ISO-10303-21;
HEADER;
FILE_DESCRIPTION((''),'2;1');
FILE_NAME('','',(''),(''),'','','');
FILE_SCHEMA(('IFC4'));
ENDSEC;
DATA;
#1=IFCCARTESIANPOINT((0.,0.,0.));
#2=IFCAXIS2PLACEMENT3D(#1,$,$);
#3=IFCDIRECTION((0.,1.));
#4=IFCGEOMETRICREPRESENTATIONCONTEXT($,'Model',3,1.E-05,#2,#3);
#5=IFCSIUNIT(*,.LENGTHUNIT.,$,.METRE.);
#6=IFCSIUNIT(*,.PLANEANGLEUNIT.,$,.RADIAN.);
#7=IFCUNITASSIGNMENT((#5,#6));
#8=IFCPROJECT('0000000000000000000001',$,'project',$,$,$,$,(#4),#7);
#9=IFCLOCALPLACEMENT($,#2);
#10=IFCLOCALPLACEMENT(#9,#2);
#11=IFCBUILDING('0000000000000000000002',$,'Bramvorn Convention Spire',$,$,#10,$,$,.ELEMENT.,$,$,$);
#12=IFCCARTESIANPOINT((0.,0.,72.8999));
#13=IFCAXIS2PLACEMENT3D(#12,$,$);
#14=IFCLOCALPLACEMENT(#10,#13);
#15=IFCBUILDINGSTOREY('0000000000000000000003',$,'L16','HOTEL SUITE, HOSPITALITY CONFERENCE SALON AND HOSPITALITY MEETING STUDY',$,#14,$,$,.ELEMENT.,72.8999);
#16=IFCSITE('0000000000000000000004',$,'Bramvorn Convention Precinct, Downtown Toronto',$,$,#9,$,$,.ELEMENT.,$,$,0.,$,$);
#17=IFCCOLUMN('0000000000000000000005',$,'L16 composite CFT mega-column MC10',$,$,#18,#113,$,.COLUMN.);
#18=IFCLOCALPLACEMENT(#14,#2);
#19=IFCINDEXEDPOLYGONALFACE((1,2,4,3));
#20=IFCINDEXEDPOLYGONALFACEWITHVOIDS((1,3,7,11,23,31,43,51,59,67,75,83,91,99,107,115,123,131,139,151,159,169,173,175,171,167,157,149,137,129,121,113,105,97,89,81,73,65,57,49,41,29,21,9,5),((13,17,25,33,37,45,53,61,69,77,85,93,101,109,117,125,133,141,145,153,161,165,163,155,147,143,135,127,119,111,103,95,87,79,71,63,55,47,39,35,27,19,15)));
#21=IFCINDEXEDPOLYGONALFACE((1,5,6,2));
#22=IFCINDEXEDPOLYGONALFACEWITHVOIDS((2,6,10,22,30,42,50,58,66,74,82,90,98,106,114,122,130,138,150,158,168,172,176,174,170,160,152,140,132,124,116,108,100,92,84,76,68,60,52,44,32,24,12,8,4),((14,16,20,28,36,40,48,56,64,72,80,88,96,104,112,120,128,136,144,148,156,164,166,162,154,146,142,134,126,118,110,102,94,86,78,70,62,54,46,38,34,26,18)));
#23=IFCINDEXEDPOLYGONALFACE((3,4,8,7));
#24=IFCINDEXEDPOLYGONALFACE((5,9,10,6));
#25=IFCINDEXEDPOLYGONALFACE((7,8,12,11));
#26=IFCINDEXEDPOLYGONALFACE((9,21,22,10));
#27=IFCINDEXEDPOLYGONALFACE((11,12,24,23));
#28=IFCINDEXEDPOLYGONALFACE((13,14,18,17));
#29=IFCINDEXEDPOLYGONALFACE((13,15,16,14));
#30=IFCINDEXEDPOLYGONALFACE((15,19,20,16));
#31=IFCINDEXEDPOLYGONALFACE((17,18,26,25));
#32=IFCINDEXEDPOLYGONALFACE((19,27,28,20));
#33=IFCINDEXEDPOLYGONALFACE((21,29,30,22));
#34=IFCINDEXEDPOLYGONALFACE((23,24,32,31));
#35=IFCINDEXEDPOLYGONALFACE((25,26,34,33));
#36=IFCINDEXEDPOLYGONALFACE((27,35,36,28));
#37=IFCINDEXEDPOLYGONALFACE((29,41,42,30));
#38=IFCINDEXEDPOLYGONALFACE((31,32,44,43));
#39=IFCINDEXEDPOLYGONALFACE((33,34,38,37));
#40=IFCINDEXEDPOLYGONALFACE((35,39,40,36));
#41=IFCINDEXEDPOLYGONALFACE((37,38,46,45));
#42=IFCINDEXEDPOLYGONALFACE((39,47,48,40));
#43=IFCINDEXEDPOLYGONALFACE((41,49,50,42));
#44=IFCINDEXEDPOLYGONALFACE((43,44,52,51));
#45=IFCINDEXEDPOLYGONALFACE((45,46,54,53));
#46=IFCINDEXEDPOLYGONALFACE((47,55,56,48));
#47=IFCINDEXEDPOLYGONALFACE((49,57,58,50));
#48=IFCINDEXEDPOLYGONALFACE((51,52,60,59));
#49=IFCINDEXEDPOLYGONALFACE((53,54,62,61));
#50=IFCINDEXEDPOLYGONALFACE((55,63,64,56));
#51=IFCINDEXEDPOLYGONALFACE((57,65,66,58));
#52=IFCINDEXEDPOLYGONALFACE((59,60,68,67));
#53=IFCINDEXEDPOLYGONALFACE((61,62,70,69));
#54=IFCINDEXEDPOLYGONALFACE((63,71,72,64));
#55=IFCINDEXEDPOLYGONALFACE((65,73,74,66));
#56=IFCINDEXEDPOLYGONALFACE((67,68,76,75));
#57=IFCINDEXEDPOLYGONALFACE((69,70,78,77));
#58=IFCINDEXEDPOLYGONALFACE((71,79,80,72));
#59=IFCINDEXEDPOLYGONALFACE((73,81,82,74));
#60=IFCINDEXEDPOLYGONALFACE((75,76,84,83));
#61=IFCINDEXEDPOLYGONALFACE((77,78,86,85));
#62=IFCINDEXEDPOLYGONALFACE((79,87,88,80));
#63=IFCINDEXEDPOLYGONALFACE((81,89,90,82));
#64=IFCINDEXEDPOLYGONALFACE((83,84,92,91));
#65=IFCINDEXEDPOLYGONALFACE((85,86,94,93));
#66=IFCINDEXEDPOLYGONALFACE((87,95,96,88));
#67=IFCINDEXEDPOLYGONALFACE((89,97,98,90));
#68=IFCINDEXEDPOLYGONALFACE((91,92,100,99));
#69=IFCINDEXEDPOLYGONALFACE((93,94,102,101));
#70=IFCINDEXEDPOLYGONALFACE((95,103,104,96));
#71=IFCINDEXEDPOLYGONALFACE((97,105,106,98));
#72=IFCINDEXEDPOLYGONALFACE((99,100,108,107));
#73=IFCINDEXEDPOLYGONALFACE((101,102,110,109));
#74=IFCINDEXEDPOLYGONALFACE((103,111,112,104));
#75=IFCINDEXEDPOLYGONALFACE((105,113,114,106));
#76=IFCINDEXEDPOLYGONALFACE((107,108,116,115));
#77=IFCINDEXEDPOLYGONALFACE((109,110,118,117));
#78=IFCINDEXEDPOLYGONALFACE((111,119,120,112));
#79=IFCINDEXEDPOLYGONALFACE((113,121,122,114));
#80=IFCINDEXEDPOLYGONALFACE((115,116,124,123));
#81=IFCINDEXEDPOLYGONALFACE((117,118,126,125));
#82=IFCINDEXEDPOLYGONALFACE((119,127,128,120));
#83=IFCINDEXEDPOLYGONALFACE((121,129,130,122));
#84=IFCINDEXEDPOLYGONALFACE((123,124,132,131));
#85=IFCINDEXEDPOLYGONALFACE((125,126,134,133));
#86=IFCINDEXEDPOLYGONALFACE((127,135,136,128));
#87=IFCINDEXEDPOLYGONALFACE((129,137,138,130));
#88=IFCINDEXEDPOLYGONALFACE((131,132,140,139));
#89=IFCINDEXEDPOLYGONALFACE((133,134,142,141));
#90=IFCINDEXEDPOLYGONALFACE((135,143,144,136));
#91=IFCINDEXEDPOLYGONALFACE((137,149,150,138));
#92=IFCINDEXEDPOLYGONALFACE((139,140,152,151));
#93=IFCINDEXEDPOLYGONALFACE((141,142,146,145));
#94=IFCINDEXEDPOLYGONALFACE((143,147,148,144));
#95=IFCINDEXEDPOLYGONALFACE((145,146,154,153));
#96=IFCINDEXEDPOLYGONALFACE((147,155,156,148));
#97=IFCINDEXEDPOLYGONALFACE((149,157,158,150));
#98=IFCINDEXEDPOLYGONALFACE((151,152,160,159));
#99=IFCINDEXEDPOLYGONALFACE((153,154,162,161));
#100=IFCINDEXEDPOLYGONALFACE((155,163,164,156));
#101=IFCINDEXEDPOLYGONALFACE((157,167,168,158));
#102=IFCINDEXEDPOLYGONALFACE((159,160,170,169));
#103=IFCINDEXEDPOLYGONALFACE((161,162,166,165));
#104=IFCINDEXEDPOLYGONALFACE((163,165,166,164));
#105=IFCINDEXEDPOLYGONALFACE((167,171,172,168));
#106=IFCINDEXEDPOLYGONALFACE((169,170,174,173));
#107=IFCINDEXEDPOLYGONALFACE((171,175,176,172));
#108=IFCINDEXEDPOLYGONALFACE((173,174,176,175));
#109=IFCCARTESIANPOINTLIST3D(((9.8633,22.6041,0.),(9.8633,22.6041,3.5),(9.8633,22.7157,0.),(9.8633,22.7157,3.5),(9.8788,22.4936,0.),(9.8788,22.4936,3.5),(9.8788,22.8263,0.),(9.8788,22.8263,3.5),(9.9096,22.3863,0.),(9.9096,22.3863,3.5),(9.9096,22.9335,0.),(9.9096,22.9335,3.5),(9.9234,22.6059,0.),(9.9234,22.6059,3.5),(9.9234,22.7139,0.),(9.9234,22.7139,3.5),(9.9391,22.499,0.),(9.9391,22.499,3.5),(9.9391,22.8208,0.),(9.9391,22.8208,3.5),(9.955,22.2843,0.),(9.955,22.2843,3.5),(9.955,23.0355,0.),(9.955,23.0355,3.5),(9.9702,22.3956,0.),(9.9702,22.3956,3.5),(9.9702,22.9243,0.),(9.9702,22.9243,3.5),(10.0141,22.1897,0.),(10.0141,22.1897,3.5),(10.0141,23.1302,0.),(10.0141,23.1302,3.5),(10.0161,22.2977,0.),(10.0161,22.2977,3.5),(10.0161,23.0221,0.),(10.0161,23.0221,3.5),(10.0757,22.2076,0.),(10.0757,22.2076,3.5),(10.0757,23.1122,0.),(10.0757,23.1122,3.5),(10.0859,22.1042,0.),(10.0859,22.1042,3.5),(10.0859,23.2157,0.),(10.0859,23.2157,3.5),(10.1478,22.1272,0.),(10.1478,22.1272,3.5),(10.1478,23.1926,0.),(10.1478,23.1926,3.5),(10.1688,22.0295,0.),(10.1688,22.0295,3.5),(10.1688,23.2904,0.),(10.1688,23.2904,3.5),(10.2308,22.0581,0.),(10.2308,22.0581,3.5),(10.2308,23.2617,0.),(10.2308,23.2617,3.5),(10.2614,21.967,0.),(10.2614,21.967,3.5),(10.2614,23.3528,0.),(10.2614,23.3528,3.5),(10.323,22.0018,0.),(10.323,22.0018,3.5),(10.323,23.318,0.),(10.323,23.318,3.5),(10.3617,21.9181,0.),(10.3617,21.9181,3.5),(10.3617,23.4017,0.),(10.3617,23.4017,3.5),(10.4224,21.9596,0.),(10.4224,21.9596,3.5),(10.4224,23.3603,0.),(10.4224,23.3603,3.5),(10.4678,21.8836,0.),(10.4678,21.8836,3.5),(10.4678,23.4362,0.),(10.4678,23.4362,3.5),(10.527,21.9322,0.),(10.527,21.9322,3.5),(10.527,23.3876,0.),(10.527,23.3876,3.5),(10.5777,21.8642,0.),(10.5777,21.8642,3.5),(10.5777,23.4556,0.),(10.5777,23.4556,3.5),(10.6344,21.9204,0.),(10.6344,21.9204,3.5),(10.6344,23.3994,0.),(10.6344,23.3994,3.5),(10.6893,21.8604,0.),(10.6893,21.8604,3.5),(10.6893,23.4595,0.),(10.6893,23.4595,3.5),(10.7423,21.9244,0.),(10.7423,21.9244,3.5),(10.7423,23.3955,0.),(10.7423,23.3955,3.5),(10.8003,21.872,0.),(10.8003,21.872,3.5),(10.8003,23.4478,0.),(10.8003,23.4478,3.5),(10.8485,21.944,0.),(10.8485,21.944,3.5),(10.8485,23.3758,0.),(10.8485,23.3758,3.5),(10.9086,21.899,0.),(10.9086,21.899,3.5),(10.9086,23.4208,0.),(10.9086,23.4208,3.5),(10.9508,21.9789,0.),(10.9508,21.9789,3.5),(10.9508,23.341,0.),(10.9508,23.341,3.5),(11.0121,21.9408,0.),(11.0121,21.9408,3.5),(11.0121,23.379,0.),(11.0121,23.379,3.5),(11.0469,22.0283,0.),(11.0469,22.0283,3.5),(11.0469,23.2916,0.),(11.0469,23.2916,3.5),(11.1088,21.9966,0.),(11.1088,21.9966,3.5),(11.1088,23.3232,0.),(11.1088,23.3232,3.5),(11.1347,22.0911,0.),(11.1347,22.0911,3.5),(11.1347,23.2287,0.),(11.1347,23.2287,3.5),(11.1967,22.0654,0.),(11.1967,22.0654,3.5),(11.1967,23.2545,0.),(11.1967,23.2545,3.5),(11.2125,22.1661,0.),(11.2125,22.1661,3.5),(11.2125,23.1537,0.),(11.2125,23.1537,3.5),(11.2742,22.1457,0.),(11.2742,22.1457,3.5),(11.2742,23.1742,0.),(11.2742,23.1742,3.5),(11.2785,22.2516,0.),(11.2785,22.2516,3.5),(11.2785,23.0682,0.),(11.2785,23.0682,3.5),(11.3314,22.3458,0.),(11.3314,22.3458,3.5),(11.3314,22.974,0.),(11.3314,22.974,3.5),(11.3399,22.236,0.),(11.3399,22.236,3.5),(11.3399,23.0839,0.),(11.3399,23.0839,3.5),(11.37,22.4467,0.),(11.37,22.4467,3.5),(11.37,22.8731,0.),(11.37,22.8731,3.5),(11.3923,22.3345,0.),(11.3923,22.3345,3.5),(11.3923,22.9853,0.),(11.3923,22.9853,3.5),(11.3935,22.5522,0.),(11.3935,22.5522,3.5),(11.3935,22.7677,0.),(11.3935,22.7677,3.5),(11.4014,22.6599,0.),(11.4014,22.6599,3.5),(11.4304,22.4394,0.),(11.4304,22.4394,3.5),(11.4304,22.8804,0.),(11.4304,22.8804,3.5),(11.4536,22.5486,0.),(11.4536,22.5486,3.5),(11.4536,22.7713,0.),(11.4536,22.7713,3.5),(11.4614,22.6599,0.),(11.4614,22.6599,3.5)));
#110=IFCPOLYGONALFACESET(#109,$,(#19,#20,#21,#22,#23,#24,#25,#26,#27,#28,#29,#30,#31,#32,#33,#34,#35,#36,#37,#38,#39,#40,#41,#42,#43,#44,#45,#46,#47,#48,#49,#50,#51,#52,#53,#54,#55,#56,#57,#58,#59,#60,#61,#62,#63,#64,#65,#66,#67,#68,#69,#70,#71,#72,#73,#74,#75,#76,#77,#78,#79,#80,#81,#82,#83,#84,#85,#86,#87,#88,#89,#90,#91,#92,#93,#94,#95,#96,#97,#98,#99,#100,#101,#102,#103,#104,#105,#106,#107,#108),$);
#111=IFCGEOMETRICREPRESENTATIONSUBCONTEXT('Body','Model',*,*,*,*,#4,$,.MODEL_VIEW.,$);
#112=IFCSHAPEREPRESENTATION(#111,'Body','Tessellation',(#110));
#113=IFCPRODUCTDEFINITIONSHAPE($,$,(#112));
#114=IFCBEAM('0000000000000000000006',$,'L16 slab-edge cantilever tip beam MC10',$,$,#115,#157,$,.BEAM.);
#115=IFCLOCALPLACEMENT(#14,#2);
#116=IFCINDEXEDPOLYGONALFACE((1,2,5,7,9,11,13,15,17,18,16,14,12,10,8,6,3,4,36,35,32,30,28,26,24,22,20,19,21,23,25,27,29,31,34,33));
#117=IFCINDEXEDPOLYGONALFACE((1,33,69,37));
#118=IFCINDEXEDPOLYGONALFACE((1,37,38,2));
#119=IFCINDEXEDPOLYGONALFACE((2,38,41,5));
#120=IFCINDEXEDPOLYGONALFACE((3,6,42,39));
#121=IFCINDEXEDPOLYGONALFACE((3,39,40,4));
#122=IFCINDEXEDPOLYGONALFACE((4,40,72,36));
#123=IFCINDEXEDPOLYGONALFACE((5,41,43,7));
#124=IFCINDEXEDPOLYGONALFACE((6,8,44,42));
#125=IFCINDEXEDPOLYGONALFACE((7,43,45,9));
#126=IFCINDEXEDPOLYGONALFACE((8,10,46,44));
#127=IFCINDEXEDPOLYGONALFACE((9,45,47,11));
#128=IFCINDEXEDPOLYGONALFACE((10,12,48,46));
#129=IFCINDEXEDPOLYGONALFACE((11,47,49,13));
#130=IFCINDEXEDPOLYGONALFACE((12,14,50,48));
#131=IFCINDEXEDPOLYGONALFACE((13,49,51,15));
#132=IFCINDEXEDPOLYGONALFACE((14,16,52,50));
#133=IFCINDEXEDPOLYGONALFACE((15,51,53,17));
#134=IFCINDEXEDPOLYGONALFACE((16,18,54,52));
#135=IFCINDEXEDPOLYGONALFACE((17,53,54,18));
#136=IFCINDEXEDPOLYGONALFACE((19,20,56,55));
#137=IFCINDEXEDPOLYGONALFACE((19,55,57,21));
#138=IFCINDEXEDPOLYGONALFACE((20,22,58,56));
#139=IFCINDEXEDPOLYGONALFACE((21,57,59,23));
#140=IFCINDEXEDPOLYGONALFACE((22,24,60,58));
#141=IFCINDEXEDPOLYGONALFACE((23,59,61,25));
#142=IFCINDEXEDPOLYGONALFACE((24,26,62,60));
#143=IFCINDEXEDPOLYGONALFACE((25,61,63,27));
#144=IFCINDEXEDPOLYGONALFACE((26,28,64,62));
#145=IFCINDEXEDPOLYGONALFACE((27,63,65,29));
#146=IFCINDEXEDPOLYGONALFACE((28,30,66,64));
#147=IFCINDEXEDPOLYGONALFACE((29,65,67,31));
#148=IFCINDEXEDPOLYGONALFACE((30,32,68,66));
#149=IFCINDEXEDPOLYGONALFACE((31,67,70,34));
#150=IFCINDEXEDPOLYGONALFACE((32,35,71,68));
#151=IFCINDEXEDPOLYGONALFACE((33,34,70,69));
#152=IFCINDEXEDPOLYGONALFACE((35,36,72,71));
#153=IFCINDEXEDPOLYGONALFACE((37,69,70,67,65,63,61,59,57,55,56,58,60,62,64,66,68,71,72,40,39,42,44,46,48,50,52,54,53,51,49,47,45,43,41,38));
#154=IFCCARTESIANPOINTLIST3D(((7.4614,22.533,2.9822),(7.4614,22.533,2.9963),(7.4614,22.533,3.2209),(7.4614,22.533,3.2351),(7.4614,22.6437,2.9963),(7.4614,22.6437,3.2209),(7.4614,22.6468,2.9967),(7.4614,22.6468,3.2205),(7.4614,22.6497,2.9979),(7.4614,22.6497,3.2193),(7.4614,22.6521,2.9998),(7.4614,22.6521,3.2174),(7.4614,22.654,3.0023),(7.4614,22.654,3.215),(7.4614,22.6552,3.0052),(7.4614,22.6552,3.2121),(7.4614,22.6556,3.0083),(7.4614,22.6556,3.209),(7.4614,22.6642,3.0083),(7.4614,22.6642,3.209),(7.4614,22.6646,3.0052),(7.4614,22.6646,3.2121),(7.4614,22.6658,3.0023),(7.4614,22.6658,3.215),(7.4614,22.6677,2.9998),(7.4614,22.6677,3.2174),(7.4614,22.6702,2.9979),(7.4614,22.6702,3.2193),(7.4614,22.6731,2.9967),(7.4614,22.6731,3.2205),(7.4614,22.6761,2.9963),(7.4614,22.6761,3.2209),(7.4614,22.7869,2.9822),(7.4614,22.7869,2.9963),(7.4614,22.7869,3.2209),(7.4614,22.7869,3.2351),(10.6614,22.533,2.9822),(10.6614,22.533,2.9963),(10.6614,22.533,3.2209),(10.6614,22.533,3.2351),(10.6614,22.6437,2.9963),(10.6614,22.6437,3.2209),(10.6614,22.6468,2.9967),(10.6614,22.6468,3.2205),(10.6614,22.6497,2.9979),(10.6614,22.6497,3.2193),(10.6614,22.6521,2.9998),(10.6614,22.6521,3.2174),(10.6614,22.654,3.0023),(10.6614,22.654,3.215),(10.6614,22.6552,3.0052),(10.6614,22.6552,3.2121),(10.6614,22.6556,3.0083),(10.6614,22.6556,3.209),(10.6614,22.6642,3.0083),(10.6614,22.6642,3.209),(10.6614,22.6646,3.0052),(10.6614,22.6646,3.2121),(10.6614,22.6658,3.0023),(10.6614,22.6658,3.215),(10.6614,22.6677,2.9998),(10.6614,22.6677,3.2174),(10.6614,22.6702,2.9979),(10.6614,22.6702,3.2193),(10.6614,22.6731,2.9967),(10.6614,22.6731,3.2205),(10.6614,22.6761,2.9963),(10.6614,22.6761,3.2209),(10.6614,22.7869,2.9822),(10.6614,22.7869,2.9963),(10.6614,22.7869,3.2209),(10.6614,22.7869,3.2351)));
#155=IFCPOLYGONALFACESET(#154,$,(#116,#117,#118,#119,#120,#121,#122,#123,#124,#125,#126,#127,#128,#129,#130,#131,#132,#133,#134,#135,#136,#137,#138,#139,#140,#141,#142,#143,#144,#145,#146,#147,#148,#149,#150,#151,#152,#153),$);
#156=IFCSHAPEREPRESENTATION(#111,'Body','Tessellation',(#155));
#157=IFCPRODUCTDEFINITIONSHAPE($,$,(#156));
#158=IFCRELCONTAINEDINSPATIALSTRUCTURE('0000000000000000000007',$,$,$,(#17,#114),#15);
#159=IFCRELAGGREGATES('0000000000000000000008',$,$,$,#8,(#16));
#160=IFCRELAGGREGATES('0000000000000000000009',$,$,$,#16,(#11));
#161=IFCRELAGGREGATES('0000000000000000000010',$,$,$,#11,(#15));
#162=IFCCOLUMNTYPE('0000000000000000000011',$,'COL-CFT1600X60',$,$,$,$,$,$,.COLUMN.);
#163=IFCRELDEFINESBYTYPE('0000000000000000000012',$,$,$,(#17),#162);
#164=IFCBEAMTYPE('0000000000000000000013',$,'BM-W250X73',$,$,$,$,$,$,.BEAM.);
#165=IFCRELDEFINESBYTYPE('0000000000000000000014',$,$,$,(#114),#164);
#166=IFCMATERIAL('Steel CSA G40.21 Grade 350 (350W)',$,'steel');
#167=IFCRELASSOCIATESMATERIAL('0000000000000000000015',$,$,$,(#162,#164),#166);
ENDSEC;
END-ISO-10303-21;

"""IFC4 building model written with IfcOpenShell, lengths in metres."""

from ifc_helpers import new_model, si_unit, direction, frame, origin, origin_2d, place, context, subcontext, project, spatial, hollow_circle, i_section, extrude, material, material_profile, profile_set, type_object, element, save


model = new_model("IFC4")

# Units and contexts
model_context = context("Model", 3, precision=1e-05, world=origin(), true_north=direction((0.0, 1.0)))
body_context = subcontext(model_context, "Body", "Model", "MODEL_VIEW")
ifc_project = project(units=[si_unit("LENGTHUNIT", "METRE"), si_unit("PLANEANGLEUNIT", "RADIAN")], contexts=[model_context])

# Site, building, storey
site_placement = place(None, origin())
site = spatial("IfcSite", under=ifc_project, at=site_placement, Name="Bramvorn Convention Precinct, Downtown Toronto", CompositionType="ELEMENT", RefElevation=0.0)
building_placement = place(site_placement, origin())
building = spatial("IfcBuilding", under=site, at=building_placement, Name="Bramvorn Convention Spire", CompositionType="ELEMENT")
storey_placement = place(building_placement, frame((0.0, 0.0, 72.8999)))
storey = spatial("IfcBuildingStorey", under=building, at=storey_placement, Name="L16", Description="HOTEL SUITE, HOSPITALITY CONFERENCE SALON AND HOSPITALITY MEETING STUDY", CompositionType="ELEMENT", Elevation=72.8999)

# Column
ifc_material_1 = material(Name="Steel CSA G40.21 Grade 350 (350W)", Category="steel")
ifc_material_profile_1 = material_profile(ifc_material_1, hollow_circle(Radius=0.8, WallThickness=0.0601, at=origin_2d()))
ifc_profile_set_1 = profile_set([ifc_material_profile_1], Name="Steel CSA G40.21 Grade 350 (350W) - CFT1600X60")
column_type = type_object("IfcColumnType", Name="COL-CFT1600X60", PredefinedType="COLUMN", material=ifc_profile_set_1)
column_placement = place(storey_placement, frame((10.6614, 22.6599, 0.0), z_axis=(0.0, 0.0, 1.0), x_axis=(1.0, 0.0, 0.0)))
element("IfcColumn", 1, at=column_placement, inside=storey, type_object=column_type, Name="L16 composite CFT mega-column MC10", PredefinedType="COLUMN", context=body_context, shape_type="SweptSolid", body=[
    extrude(hollow_circle(Radius=0.8, WallThickness=0.0601, at=origin_2d()), origin(), (0.0, 0.0, 1.0), 3.5),
])

# Beam
ifc_material_profile_2 = material_profile(ifc_material_1, i_section(OverallWidth=0.2539, OverallDepth=0.2529, WebThickness=0.0085, FlangeThickness=0.0142, FilletRadius=0.012, at=origin_2d()))
ifc_profile_set_2 = profile_set([ifc_material_profile_2], Name="Steel CSA G40.21 Grade 350 (350W) - W250X73")
beam_type_1 = type_object("IfcBeamType", Name="BM-W250X73", PredefinedType="BEAM", material=ifc_profile_set_2)
beam_1_placement = place(storey_placement, frame((10.6614, 22.6599, 3.1086), z_axis=(-1.0, 0.0, 0.0), x_axis=(0.0, -1.0, 0.0)))
element("IfcBeam", 2, at=beam_1_placement, inside=storey, type_object=beam_type_1, Name="L16 slab-edge cantilever tip beam MC10", PredefinedType="BEAM", context=body_context, shape_type="SweptSolid", body=[
    extrude(i_section(OverallWidth=0.2539, OverallDepth=0.2529, WebThickness=0.0085, FlangeThickness=0.0142, FilletRadius=0.012, at=origin_2d()), origin(), (0.0, 0.0, 1.0), 3.2),
])

save(model, "model.ifc")
